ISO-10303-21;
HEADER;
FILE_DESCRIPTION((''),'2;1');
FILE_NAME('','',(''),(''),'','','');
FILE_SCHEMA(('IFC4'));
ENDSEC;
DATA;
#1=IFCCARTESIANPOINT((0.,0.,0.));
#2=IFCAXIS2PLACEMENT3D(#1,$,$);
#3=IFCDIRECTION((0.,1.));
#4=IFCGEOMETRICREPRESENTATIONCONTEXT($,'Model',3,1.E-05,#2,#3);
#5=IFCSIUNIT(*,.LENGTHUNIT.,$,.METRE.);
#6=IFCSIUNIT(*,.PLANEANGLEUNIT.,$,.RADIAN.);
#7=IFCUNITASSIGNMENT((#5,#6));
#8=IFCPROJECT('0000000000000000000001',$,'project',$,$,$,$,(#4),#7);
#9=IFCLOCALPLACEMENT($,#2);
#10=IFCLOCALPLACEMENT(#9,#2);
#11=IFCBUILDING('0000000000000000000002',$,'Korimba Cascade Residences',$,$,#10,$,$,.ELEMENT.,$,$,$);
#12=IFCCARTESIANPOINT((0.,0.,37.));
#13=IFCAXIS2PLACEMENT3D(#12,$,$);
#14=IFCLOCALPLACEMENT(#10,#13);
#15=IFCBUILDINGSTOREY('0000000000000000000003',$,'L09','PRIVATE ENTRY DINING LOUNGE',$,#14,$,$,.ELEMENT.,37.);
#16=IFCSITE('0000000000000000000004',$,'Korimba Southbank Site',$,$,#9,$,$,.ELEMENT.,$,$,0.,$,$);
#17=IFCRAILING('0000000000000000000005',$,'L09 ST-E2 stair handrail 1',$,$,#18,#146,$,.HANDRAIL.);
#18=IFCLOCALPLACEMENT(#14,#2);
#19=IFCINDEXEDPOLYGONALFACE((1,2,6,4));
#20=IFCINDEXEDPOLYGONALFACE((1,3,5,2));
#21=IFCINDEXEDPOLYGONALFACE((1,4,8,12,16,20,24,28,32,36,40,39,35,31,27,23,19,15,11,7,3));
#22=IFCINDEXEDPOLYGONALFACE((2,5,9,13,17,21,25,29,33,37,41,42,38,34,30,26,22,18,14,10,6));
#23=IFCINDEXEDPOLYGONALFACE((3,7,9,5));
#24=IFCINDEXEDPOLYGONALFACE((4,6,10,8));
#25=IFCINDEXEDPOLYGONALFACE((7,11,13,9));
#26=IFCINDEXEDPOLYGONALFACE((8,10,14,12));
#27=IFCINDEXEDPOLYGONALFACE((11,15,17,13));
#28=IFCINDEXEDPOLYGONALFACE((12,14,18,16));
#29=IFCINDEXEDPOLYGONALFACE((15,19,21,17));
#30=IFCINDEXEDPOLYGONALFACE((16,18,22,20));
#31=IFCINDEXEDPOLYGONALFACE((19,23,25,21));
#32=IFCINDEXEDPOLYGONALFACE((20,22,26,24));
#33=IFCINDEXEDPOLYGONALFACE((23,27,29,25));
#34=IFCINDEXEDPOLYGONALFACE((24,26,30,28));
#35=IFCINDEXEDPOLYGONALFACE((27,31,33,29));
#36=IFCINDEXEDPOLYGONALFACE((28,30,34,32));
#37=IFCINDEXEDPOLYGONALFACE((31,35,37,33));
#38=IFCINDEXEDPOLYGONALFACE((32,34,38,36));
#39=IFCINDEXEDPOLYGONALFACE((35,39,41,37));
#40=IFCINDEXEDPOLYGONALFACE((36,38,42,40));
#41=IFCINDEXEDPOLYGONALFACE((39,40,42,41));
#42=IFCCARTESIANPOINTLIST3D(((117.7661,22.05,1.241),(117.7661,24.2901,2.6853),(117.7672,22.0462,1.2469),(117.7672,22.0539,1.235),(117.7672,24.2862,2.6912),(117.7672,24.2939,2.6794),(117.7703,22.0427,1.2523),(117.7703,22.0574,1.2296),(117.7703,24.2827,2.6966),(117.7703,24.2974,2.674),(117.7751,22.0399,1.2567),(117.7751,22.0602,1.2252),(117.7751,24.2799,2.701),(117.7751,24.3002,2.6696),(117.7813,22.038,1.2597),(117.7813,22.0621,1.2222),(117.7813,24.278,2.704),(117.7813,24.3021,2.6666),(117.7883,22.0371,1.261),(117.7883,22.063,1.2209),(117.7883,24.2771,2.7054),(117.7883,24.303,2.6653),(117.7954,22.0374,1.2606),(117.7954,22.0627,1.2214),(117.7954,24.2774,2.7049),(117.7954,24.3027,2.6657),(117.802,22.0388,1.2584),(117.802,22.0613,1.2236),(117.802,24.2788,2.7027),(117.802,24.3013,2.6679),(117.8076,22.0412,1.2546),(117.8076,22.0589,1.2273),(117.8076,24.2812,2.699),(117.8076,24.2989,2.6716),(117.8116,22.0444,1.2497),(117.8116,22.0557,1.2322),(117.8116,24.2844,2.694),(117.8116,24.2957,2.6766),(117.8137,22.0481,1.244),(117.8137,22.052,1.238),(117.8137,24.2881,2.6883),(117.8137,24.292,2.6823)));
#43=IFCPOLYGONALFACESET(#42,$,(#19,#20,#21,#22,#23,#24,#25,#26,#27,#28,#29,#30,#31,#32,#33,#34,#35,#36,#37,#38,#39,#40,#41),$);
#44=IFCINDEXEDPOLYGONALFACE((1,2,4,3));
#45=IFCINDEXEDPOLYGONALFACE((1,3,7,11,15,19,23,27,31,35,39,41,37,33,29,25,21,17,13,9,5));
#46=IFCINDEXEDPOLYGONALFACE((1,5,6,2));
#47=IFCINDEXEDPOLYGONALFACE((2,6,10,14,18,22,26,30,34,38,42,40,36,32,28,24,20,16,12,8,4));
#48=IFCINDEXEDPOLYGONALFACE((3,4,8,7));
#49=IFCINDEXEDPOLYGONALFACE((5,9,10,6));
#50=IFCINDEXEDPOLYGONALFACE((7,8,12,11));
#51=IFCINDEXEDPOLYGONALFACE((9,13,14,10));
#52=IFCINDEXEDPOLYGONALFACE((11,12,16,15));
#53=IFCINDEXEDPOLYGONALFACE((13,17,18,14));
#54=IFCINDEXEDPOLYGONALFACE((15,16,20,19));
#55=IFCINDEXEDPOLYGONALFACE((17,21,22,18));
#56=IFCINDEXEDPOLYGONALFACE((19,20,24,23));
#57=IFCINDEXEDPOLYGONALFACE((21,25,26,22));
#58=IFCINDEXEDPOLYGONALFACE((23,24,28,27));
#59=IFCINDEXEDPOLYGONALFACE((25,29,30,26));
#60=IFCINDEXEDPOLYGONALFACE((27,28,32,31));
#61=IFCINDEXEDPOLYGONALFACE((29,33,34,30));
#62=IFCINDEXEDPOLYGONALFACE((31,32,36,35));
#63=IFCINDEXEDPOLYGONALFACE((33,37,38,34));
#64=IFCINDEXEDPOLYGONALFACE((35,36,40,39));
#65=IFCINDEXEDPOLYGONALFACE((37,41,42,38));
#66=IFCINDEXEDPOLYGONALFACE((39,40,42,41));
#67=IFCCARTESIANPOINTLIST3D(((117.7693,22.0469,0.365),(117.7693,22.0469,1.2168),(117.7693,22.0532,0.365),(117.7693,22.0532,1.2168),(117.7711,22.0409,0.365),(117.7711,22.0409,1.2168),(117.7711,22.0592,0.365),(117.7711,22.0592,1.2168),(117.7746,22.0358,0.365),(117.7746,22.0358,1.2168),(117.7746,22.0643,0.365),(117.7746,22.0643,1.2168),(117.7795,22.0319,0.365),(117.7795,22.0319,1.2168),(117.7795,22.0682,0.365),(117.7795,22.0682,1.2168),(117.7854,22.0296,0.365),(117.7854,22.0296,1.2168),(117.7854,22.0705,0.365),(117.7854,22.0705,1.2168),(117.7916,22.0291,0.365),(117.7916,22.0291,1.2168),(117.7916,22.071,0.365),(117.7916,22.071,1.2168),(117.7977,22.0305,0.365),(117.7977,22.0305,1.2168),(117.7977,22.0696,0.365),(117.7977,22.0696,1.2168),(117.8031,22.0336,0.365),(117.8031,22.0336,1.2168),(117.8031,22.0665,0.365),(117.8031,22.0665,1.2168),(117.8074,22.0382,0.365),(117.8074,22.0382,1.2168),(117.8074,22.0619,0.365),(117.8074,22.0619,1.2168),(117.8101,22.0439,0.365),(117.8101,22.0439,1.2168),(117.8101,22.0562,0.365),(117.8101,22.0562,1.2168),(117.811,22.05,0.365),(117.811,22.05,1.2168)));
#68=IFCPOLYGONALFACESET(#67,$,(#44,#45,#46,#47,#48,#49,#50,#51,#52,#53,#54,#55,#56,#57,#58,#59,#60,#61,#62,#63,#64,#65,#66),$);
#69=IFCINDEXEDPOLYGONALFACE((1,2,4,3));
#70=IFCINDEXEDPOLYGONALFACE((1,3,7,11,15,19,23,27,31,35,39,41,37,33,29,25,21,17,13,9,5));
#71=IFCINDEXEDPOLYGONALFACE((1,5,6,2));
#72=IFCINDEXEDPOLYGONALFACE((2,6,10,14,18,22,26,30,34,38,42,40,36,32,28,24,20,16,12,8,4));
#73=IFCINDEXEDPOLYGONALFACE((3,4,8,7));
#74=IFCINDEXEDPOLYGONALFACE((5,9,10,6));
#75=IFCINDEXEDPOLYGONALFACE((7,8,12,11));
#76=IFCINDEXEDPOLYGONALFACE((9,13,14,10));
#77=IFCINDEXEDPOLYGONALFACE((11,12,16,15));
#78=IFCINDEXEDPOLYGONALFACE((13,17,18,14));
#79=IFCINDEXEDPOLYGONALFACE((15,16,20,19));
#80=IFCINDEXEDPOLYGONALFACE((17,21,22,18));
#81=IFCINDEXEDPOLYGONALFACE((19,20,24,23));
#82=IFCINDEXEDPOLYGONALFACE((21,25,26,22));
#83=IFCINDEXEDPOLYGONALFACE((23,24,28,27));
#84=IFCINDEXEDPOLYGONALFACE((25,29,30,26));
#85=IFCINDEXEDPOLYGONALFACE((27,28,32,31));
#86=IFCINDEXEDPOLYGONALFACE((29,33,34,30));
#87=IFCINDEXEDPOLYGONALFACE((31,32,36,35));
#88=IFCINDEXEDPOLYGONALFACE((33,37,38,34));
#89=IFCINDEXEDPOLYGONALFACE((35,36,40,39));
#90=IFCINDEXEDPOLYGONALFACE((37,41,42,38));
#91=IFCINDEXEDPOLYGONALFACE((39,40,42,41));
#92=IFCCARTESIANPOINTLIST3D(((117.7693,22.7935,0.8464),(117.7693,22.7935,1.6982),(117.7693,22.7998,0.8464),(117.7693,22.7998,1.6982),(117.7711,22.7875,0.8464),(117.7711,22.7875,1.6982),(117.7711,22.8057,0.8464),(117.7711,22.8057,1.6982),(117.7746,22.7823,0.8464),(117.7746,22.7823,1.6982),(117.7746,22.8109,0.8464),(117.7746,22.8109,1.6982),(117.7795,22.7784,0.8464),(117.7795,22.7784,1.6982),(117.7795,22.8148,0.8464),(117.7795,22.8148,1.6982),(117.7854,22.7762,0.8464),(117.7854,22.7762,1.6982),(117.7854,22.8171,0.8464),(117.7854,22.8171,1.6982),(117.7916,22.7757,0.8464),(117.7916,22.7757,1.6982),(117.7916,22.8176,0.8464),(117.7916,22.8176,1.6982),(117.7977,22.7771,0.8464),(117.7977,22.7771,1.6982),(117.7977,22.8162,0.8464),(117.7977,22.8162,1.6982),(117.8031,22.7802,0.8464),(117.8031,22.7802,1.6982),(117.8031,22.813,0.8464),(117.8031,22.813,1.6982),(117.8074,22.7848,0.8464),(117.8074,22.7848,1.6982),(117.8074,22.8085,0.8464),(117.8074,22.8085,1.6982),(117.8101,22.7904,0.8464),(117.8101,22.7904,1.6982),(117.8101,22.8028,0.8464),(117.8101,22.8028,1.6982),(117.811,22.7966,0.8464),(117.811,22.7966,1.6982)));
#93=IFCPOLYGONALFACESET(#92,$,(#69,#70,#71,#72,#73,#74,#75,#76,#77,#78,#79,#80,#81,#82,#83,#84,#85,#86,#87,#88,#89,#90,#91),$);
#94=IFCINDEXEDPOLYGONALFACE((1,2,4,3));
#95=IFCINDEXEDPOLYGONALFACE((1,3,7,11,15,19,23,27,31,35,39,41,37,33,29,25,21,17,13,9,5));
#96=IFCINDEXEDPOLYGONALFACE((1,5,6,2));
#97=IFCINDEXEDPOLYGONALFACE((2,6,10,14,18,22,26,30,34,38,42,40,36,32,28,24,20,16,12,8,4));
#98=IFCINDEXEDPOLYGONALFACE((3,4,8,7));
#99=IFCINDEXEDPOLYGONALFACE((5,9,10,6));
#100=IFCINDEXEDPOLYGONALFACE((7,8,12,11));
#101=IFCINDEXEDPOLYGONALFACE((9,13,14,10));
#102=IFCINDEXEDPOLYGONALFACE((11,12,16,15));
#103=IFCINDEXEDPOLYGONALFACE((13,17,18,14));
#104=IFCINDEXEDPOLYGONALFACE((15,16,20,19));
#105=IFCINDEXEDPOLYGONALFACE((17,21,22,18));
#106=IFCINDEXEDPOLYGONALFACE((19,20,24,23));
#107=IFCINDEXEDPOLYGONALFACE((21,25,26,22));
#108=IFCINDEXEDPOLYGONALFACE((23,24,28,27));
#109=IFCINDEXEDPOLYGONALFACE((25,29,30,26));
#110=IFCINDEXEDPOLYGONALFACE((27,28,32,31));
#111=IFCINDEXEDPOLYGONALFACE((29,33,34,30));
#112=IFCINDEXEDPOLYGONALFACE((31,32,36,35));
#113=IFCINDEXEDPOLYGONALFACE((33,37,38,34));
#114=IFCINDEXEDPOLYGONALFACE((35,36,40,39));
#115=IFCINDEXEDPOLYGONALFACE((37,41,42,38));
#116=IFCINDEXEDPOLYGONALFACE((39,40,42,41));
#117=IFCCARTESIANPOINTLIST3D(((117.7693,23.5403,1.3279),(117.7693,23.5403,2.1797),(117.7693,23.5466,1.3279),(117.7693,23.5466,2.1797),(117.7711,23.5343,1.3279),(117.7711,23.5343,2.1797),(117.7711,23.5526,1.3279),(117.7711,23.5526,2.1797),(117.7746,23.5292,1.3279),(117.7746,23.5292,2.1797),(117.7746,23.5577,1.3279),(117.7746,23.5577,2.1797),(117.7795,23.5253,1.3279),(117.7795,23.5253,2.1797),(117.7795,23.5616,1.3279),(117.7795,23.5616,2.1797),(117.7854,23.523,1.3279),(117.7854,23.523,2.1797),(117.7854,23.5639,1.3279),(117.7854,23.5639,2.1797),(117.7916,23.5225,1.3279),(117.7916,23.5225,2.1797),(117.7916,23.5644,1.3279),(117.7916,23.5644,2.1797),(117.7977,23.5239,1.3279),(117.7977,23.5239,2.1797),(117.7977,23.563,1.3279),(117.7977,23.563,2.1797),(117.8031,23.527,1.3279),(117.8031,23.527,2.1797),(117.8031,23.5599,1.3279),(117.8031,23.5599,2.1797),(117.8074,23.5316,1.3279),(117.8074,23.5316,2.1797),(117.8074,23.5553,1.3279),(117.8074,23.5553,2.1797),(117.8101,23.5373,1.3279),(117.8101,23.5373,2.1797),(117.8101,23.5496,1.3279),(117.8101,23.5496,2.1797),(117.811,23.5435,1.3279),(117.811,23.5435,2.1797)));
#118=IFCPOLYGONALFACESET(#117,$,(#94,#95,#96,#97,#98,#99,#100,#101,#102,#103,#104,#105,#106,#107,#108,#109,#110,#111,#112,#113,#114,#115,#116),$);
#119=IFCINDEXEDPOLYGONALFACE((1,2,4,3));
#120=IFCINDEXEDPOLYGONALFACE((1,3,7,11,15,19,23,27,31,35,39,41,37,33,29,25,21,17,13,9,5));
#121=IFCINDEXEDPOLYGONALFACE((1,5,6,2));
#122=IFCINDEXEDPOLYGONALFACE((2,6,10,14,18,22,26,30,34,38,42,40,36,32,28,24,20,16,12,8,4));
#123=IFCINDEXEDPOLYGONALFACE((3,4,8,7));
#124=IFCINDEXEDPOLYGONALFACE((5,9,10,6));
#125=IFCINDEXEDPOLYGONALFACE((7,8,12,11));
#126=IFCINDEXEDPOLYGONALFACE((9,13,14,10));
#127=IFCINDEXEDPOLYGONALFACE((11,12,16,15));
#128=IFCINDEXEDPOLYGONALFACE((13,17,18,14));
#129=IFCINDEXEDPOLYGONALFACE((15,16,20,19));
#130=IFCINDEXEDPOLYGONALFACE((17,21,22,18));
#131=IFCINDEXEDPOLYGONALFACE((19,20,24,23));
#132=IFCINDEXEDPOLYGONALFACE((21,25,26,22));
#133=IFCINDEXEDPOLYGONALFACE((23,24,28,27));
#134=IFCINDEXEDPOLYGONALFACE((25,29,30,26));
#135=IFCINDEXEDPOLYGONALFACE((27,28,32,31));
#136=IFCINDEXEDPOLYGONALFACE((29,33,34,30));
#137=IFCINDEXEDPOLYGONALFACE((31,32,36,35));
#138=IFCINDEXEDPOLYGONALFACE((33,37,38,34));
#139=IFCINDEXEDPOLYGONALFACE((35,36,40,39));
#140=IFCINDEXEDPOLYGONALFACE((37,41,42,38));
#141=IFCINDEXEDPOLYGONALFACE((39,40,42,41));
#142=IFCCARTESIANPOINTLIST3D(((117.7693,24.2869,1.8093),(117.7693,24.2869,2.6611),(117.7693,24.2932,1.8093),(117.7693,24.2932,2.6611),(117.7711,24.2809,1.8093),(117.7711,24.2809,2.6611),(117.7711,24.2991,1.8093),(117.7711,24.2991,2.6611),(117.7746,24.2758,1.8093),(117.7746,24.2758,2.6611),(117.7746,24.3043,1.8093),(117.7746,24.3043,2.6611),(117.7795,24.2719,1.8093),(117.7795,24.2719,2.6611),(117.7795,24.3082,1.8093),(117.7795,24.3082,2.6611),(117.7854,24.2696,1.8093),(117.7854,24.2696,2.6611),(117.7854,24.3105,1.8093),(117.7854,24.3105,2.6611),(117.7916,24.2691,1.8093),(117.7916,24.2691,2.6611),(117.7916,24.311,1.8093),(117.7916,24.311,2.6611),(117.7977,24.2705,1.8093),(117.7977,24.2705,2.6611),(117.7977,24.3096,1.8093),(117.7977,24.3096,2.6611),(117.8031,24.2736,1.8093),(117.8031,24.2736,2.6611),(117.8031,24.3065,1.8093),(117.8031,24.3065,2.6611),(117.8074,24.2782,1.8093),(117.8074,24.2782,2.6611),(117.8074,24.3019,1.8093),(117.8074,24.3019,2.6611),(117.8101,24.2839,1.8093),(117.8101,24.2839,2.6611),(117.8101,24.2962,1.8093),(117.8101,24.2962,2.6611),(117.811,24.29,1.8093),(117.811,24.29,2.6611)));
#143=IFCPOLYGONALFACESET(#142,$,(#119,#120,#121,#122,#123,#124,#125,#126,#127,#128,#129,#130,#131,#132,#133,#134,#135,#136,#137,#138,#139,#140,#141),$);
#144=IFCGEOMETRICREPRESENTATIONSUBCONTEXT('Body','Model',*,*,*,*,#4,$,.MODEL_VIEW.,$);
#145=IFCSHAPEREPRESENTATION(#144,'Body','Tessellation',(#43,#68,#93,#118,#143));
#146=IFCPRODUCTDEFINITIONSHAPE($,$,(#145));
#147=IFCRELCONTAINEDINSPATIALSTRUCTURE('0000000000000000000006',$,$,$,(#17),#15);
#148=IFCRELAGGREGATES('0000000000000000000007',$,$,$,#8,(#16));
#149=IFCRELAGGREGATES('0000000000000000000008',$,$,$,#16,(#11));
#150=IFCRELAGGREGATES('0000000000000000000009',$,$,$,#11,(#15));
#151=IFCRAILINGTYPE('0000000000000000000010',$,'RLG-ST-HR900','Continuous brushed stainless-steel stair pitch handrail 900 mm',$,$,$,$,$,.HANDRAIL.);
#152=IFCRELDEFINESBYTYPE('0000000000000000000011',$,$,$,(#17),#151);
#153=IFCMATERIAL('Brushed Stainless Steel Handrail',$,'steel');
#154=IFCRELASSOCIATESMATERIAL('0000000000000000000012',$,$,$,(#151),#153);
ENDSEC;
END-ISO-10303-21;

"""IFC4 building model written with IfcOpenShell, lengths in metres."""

from ifc_helpers import new_model, si_unit, direction, frame, origin, origin_2d, place, context, subcontext, project, spatial, circle, extrude, material, type_object, element, save


model = new_model("IFC4")

# Units and contexts
model_context = context("Model", 3, precision=1e-05, world=origin(), true_north=direction((0.0, 1.0)))
body_context = subcontext(model_context, "Body", "Model", "MODEL_VIEW")
ifc_project = project(units=[si_unit("LENGTHUNIT", "METRE"), si_unit("PLANEANGLEUNIT", "RADIAN")], contexts=[model_context])

# Site, building, storey
site_placement = place(None, origin())
site = spatial("IfcSite", under=ifc_project, at=site_placement, Name="Korimba Southbank Site", CompositionType="ELEMENT", RefElevation=0.0)
building_placement = place(site_placement, origin())
building = spatial("IfcBuilding", under=site, at=building_placement, Name="Korimba Cascade Residences", CompositionType="ELEMENT")
storey_placement = place(building_placement, frame((0.0, 0.0, 37.0)))
storey = spatial("IfcBuildingStorey", under=building, at=storey_placement, Name="L09", Description="PRIVATE ENTRY DINING LOUNGE", CompositionType="ELEMENT", Elevation=37.0)

# Railing
ifc_material_1 = material(Name="Brushed Stainless Steel Handrail", Category="steel")
railing_type_1 = type_object("IfcRailingType", Name="RLG-ST-HR900", Description="Continuous brushed stainless-steel stair pitch handrail 900 mm", PredefinedType="HANDRAIL", material=ifc_material_1)
railing_1_placement = place(storey_placement, frame((117.79, 22.05, 0.365)))
element("IfcRailing", 1, at=railing_1_placement, inside=storey, type_object=railing_type_1, Name="L09 ST-E2 stair handrail 1", PredefinedType="HANDRAIL", context=body_context, shape_type="SweptSolid", body=[
    extrude(circle(Radius=0.0239, at=origin_2d()), frame((0.0, 0.0, 0.876), z_axis=(0.0, 0.840437, 0.54191), x_axis=(-1.0, 0.0, 0.0)), (0.0, 0.0, 1.0), 2.6653),
    extrude(circle(Radius=0.021, at=origin_2d()), origin(), (0.0, 0.0, 1.0), 0.8518),
    extrude(circle(Radius=0.021, at=origin_2d()), frame((0.0, 0.7466, 0.4814)), (0.0, 0.0, 1.0), 0.8518),
    extrude(circle(Radius=0.021, at=origin_2d()), frame((0.0, 1.4934, 0.9629)), (0.0, 0.0, 1.0), 0.8518),
    extrude(circle(Radius=0.021, at=origin_2d()), frame((0.0, 2.24, 1.4443)), (0.0, 0.0, 1.0), 0.8518),
])

save(model, "model.ifc")
